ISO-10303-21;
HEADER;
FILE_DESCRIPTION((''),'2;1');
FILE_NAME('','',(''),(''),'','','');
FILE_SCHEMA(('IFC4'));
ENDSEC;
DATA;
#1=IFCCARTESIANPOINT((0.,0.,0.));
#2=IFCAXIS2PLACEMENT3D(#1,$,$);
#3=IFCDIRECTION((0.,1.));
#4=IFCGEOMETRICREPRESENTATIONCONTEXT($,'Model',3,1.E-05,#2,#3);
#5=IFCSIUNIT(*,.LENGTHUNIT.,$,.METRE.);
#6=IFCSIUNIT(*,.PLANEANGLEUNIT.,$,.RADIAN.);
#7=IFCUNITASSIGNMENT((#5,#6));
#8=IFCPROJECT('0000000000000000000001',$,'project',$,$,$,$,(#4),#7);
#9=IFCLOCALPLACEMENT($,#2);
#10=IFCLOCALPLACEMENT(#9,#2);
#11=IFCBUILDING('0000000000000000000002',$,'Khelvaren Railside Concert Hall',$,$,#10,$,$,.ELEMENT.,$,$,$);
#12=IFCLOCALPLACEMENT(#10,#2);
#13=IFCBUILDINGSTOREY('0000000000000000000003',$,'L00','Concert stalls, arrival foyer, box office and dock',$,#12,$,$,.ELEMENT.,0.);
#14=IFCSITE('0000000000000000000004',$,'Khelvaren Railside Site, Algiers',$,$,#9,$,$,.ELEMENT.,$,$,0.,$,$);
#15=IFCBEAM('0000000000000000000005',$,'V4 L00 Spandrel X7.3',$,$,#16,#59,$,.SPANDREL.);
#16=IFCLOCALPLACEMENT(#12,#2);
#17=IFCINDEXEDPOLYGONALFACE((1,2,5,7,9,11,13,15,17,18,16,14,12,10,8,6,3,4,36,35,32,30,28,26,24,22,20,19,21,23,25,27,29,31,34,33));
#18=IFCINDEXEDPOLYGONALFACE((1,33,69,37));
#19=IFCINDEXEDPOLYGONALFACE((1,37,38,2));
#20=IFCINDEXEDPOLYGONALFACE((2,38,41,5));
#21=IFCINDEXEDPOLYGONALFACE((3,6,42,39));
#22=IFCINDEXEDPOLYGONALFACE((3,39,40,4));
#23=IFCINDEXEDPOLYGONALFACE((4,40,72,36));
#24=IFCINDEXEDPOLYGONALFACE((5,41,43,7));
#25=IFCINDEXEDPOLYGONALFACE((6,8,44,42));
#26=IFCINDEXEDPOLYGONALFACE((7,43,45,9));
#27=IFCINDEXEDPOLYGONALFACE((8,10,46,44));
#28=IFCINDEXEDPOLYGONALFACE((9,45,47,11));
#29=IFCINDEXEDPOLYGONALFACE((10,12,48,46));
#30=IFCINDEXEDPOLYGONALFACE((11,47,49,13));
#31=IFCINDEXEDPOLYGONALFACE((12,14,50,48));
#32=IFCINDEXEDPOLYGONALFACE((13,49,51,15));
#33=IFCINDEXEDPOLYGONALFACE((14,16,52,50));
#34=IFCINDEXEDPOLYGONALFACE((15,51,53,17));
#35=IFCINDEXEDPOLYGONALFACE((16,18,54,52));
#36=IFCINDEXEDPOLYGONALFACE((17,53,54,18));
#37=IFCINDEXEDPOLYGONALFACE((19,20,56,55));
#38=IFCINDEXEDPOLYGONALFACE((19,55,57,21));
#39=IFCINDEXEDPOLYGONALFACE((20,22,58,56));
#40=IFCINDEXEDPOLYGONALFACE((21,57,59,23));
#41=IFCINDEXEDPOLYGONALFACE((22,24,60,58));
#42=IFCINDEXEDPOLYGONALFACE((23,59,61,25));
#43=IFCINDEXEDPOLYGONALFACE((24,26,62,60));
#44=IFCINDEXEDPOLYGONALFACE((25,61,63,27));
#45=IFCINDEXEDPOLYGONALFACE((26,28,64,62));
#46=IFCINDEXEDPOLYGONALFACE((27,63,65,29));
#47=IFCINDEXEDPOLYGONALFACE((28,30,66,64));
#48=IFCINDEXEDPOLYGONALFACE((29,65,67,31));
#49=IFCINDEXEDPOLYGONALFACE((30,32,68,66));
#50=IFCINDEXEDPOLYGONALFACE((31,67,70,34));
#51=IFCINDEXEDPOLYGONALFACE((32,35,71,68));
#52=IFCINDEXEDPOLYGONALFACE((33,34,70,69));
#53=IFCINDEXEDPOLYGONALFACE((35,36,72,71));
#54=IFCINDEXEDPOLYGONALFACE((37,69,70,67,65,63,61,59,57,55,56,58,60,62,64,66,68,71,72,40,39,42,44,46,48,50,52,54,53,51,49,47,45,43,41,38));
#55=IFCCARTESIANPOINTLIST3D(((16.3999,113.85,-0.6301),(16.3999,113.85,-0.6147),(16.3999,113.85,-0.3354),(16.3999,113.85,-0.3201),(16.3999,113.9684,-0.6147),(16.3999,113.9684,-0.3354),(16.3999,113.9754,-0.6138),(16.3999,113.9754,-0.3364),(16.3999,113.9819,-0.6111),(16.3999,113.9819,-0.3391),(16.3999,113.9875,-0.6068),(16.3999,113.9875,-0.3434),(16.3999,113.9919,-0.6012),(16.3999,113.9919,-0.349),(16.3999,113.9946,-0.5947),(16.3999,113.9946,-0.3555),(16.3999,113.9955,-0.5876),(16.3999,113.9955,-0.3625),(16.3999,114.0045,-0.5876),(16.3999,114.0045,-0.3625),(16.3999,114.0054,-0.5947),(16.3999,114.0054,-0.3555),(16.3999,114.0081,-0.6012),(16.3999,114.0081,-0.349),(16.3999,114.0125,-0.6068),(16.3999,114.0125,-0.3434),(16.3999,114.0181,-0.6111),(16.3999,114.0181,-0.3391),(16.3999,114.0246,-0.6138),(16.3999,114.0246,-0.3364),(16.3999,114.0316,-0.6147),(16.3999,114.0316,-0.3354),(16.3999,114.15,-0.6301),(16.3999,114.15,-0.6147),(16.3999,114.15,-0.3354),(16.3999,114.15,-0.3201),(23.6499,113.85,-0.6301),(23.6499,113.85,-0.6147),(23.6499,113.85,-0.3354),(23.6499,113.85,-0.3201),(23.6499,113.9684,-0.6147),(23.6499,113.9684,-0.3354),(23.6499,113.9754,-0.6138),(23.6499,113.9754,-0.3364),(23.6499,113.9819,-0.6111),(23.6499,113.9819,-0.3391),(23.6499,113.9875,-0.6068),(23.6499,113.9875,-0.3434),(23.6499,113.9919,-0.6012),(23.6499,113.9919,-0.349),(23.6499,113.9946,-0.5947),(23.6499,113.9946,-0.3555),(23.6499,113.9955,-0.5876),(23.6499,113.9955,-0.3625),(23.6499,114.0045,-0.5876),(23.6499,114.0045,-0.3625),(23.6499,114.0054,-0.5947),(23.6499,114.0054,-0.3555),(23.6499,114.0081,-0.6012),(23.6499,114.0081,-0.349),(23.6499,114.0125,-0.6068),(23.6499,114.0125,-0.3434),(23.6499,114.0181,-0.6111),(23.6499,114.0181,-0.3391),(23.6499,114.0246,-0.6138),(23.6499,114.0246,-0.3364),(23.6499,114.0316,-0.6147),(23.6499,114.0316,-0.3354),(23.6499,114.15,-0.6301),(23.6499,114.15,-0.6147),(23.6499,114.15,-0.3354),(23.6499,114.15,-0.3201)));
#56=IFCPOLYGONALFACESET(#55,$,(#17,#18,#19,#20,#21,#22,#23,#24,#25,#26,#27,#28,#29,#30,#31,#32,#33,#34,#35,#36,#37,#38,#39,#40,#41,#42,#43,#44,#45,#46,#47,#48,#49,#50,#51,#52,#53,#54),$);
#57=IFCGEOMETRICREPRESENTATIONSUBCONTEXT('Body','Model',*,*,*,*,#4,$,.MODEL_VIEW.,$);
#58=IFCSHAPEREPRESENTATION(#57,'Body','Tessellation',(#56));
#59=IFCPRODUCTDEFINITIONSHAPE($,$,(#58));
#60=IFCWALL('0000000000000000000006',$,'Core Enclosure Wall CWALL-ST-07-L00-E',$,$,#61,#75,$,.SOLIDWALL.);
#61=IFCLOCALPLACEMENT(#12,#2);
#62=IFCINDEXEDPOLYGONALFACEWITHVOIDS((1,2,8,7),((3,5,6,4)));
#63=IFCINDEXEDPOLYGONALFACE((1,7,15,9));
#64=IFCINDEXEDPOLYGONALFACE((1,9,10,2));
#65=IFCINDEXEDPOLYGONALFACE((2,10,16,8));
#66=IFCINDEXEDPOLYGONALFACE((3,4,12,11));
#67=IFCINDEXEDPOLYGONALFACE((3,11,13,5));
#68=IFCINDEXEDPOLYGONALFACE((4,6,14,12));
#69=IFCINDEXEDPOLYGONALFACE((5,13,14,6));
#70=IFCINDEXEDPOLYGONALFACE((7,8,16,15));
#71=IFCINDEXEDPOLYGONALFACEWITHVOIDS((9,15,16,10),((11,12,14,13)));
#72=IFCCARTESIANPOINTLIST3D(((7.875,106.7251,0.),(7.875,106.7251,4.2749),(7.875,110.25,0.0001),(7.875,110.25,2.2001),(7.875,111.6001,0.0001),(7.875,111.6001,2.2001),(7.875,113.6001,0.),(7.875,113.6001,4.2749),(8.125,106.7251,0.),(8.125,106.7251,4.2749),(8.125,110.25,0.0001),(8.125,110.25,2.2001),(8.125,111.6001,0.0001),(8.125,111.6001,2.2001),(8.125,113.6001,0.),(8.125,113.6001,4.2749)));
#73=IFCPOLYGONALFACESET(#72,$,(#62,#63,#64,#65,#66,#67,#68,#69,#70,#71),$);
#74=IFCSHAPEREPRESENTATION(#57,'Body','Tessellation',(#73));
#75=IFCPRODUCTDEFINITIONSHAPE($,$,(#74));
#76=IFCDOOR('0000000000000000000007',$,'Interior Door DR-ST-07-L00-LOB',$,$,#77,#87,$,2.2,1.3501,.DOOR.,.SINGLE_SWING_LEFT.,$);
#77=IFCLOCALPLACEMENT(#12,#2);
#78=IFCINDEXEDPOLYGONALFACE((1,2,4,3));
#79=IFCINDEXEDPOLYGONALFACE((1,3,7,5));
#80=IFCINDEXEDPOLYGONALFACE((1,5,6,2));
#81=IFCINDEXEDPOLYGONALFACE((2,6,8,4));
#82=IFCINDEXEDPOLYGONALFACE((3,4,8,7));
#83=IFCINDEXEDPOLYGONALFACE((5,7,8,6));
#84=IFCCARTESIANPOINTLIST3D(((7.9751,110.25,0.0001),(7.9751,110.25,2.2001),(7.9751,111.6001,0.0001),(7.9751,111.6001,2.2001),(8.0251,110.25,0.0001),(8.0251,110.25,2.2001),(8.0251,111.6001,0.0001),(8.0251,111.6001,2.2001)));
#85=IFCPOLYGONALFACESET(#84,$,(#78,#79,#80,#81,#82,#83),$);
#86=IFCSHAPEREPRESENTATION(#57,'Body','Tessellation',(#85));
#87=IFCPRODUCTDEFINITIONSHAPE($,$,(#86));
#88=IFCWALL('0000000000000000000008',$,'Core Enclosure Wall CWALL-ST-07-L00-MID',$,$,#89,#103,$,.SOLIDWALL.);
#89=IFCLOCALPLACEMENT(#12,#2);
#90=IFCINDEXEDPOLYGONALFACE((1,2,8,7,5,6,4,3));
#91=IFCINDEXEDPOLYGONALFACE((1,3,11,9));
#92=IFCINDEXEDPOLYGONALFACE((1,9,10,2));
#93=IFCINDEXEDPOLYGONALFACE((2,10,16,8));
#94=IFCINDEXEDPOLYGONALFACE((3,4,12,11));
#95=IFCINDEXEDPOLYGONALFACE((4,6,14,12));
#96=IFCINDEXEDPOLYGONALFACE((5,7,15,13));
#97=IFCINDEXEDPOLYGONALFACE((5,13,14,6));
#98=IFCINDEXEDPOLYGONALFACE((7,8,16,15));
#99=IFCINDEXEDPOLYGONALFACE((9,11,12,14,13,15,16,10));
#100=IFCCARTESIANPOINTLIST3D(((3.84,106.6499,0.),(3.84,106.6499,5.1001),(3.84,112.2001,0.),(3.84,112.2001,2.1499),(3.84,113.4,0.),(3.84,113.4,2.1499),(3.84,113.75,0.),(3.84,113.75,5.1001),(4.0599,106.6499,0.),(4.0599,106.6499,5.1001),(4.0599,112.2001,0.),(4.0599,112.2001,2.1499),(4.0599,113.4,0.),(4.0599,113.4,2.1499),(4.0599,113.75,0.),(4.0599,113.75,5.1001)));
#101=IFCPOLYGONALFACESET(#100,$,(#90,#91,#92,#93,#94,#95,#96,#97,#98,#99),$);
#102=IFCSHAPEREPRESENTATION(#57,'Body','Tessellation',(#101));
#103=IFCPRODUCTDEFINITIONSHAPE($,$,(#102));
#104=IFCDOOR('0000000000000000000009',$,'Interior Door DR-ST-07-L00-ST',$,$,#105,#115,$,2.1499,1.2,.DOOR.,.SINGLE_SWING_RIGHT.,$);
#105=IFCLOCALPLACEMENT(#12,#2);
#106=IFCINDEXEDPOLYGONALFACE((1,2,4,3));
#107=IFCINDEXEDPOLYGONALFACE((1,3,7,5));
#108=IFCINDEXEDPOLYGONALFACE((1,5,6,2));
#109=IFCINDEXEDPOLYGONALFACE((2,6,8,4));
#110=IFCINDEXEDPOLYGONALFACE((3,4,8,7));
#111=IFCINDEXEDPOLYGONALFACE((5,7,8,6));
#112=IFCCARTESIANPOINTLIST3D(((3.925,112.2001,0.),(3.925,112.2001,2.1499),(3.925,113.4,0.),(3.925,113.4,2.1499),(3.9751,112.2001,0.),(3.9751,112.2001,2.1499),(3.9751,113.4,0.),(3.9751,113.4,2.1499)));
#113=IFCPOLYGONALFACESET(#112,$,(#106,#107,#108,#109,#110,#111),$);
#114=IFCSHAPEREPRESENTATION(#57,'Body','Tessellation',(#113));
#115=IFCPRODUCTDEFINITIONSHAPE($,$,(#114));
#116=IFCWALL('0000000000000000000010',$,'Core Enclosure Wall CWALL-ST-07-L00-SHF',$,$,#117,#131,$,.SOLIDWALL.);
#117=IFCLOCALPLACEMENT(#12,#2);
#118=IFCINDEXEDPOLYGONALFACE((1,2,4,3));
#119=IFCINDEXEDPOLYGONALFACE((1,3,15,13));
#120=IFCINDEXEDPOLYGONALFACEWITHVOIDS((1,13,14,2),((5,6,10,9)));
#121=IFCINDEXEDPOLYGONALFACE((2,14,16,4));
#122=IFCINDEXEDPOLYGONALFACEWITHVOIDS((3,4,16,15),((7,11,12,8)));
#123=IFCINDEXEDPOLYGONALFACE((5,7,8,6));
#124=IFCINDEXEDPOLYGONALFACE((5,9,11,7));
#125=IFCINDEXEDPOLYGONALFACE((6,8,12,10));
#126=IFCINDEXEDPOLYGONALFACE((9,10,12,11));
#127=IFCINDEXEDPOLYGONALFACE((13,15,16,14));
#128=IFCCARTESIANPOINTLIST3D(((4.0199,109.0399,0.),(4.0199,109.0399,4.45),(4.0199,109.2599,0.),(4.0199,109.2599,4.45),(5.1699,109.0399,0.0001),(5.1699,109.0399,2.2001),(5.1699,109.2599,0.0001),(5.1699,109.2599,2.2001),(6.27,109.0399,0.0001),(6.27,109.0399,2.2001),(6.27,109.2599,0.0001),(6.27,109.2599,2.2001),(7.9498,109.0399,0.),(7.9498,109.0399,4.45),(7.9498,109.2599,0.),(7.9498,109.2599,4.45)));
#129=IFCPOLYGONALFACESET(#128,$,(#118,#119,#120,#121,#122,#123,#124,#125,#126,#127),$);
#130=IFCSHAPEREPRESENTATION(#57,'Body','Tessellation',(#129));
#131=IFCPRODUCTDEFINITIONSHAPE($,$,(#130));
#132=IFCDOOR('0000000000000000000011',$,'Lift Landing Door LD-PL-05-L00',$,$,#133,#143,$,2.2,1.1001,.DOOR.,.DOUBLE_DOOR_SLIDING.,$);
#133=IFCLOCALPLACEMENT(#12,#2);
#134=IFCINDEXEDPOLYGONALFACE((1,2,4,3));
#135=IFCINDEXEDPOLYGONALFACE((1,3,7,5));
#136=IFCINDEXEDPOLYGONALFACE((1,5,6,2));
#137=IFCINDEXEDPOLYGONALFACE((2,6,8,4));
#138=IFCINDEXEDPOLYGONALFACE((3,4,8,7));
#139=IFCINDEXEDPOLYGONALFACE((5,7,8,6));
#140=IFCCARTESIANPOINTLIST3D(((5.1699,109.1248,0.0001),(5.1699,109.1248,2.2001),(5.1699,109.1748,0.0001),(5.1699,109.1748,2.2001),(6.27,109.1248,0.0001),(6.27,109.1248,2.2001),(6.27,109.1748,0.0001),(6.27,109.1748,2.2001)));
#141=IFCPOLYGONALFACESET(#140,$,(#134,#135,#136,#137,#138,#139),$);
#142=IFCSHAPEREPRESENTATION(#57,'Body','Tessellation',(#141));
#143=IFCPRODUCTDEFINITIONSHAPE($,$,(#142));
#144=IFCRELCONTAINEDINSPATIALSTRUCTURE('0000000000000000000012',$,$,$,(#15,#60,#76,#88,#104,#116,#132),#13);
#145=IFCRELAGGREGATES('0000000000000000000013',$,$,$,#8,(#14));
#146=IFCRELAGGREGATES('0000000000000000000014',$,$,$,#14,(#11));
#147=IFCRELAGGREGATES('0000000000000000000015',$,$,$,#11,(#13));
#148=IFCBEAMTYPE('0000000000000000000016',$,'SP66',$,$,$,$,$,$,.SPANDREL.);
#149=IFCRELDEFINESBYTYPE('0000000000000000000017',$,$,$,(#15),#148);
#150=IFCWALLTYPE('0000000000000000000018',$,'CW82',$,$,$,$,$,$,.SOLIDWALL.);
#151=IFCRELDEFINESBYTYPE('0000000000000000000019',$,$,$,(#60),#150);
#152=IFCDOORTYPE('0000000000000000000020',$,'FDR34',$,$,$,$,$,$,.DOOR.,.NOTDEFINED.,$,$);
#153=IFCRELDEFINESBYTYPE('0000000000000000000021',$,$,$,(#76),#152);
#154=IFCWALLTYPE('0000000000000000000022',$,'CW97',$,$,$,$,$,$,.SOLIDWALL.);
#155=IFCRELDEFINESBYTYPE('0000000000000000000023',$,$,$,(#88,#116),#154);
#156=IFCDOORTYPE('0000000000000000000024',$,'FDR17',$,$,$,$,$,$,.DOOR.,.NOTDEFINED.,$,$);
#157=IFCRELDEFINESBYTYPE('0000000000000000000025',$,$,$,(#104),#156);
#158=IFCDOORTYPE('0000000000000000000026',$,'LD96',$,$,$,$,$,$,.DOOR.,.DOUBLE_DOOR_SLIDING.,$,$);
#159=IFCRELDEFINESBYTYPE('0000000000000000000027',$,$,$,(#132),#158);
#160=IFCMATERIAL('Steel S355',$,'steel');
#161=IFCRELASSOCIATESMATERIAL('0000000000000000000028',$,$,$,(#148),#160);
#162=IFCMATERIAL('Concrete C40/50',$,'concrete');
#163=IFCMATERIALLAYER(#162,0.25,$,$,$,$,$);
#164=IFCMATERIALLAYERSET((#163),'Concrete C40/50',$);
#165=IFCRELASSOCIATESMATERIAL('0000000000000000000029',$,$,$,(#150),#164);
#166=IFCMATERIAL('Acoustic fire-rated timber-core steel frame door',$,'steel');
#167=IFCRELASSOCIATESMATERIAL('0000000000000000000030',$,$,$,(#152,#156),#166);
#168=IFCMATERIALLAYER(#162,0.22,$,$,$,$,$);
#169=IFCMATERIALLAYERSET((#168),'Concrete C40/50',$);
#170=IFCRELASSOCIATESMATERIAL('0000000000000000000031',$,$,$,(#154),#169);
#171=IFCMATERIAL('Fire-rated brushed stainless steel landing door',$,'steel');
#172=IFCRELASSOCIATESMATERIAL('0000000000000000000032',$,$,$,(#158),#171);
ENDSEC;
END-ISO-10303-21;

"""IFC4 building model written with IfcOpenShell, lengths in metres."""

from ifc_helpers import new_model, si_unit, direction, frame, frame_2d, origin, origin_2d, place, context, subcontext, project, spatial, rectangle, i_section, extrude, material, layer, layer_set, material_profile, profile_set, type_object, element, fill, save


model = new_model("IFC4")

# Units and contexts
model_context = context("Model", 3, precision=1e-05, world=origin(), true_north=direction((0.0, 1.0)))
body_context = subcontext(model_context, "Body", "Model", "MODEL_VIEW")
ifc_project = project(units=[si_unit("LENGTHUNIT", "METRE"), si_unit("PLANEANGLEUNIT", "RADIAN")], contexts=[model_context])

# Site, building, storey
site_placement = place(None, origin())
site = spatial("IfcSite", under=ifc_project, at=site_placement, Name="Khelvaren Railside Site, Algiers", CompositionType="ELEMENT", RefElevation=0.0)
building_placement = place(site_placement, origin())
building = spatial("IfcBuilding", under=site, at=building_placement, Name="Khelvaren Railside Concert Hall", CompositionType="ELEMENT")
storey_placement = place(building_placement, origin())
storey = spatial("IfcBuildingStorey", under=building, at=storey_placement, Name="L00", Description="Concert stalls, arrival foyer, box office and dock", CompositionType="ELEMENT", Elevation=0.0)

# Beam
ifc_material_1 = material(Name="Steel S355", Category="steel")
ifc_material_2 = material(Name="Concrete C40/50", Category="concrete")
ifc_material_profile_1 = material_profile(ifc_material_1, i_section(OverallWidth=0.3, OverallDepth=0.3101, WebThickness=0.009, FlangeThickness=0.0154, FilletRadius=0.0271, at=origin_2d()), Name="HEA 320")
ifc_profile_set_1 = profile_set([ifc_material_profile_1], Name="Steel S355")
beam_type_1 = type_object("IfcBeamType", Name="SP66", PredefinedType="SPANDREL", material=ifc_profile_set_1)
beam_1_placement = place(storey_placement, frame((16.3999, 114.0, -0.4751), z_axis=(1.0, 0.0, 0.0), x_axis=(0.0, 1.0, 0.0)))
element("IfcBeam", 1, at=beam_1_placement, inside=storey, type_object=beam_type_1, Name="V4 L00 Spandrel X7.3", PredefinedType="SPANDREL", context=body_context, shape_type="SweptSolid", body=[
    extrude(i_section(OverallWidth=0.3, OverallDepth=0.3101, WebThickness=0.009, FlangeThickness=0.0154, FilletRadius=0.0271, at=origin_2d()), origin(), (0.0, 0.0, 1.0), 7.25),
])

# Walls, openings, doors
ifc_layer_1 = layer(ifc_material_2, 0.25)
ifc_layer_set_1 = layer_set([ifc_layer_1], Name="Concrete C40/50")
wall_type_1 = type_object("IfcWallType", Name="CW82", PredefinedType="SOLIDWALL", material=ifc_layer_set_1)
wall_1_placement = place(storey_placement, frame((8.0, 106.7251, 0.0), z_axis=(0.0, 0.0, 1.0), x_axis=(0.0, 1.0, 0.0)))
wall_1 = element("IfcWall", 2, at=wall_1_placement, inside=storey, type_object=wall_type_1, Name="Core Enclosure Wall CWALL-ST-07-L00-E", PredefinedType="SOLIDWALL", context=body_context, shape_type="SweptSolid", body=[
    extrude(rectangle(XDim=6.875, YDim=0.25, at=frame_2d((3.4375, 0.0))), origin(), (0.0, 0.0, 1.0), 4.2749),
])
opening_1_placement = place(wall_1_placement, frame((3.5249, 0.0, 0.0)))
opening_1 = element("IfcOpeningElement", 3, at=opening_1_placement, cuts=wall_1, PredefinedType="OPENING", context=body_context, shape_type="SweptSolid", body=[
    extrude(rectangle(XDim=1.3501, YDim=2.2, at=frame_2d((0.675, 1.1001))), frame((0.0, 0.135, 0.0), z_axis=(0.0, -1.0, 0.0), x_axis=(1.0, 0.0, 0.0)), (0.0, 0.0, 1.0), 0.27),
])
ifc_material_3 = material(Name="Acoustic fire-rated timber-core steel frame door", Category="steel")
door_type_1 = type_object("IfcDoorType", Name="FDR34", OperationType="NOTDEFINED", PredefinedType="DOOR", material=ifc_material_3)
door_1_placement = place(opening_1_placement, origin())
door_1 = element("IfcDoor", 4, at=door_1_placement, inside=storey, type_object=door_type_1, Name="Interior Door DR-ST-07-L00-LOB", OperationType="SINGLE_SWING_LEFT", OverallHeight=2.2, OverallWidth=1.3501, PredefinedType="DOOR", context=body_context, shape_type="SweptSolid", body=[
    extrude(rectangle(XDim=1.3501, YDim=2.2, at=frame_2d((0.675, 1.1001))), frame((0.0, 0.0249, 0.0), z_axis=(0.0, -1.0, 0.0), x_axis=(1.0, 0.0, 0.0)), (0.0, 0.0, 1.0), 0.05),
])
fill(opening_1, door_1)
ifc_layer_2 = layer(ifc_material_2, 0.22)
ifc_layer_set_2 = layer_set([ifc_layer_2], Name="Concrete C40/50")
wall_type_2 = type_object("IfcWallType", Name="CW97", PredefinedType="SOLIDWALL", material=ifc_layer_set_2)
wall_2_placement = place(storey_placement, frame((3.95, 106.6499, 0.0), z_axis=(0.0, 0.0, 1.0), x_axis=(0.0, 1.0, 0.0)))
wall_2 = element("IfcWall", 5, at=wall_2_placement, inside=storey, type_object=wall_type_2, Name="Core Enclosure Wall CWALL-ST-07-L00-MID", PredefinedType="SOLIDWALL", context=body_context, shape_type="SweptSolid", body=[
    extrude(rectangle(XDim=7.1001, YDim=0.22, at=frame_2d((3.55, 0.0))), origin(), (0.0, 0.0, 1.0), 5.1001),
])
opening_2_placement = place(wall_2_placement, frame((5.55, 0.0, 0.0)))
opening_2 = element("IfcOpeningElement", 6, at=opening_2_placement, cuts=wall_2, PredefinedType="OPENING", context=body_context, shape_type="SweptSolid", body=[
    extrude(rectangle(XDim=1.2, YDim=2.1499, at=frame_2d((0.6001, 1.075))), frame((0.0, 0.1199, 0.0), z_axis=(0.0, -1.0, 0.0), x_axis=(1.0, 0.0, 0.0)), (0.0, 0.0, 1.0), 0.24),
])
door_type_2 = type_object("IfcDoorType", Name="FDR17", OperationType="NOTDEFINED", PredefinedType="DOOR", material=ifc_material_3)
door_2_placement = place(opening_2_placement, origin())
door_2 = element("IfcDoor", 7, at=door_2_placement, inside=storey, type_object=door_type_2, Name="Interior Door DR-ST-07-L00-ST", OperationType="SINGLE_SWING_RIGHT", OverallHeight=2.1499, OverallWidth=1.2, PredefinedType="DOOR", context=body_context, shape_type="SweptSolid", body=[
    extrude(rectangle(XDim=1.2, YDim=2.1499, at=frame_2d((0.6001, 1.075))), frame((0.0, 0.0249, 0.0), z_axis=(0.0, -1.0, 0.0), x_axis=(1.0, 0.0, 0.0)), (0.0, 0.0, 1.0), 0.05),
])
fill(opening_2, door_2)
wall_3_placement = place(storey_placement, frame((4.02, 109.1499, 0.0), z_axis=(0.0, 0.0, 1.0), x_axis=(1.0, 0.0, 0.0)))
wall_3 = element("IfcWall", 8, at=wall_3_placement, inside=storey, type_object=wall_type_2, Name="Core Enclosure Wall CWALL-ST-07-L00-SHF", PredefinedType="SOLIDWALL", context=body_context, shape_type="SweptSolid", body=[
    extrude(rectangle(XDim=3.9299, YDim=0.22, at=frame_2d((1.9648, 0.0))), origin(), (0.0, 0.0, 1.0), 4.45),
])
opening_3_placement = place(wall_3_placement, frame((1.1499, 0.0, 0.0)))
opening_3 = element("IfcOpeningElement", 9, at=opening_3_placement, cuts=wall_3, PredefinedType="OPENING", context=body_context, shape_type="SweptSolid", body=[
    extrude(rectangle(XDim=1.1001, YDim=2.2, at=frame_2d((0.55, 1.1001))), frame((0.0, 0.1199, 0.0), z_axis=(0.0, -1.0, 0.0), x_axis=(1.0, 0.0, 0.0)), (0.0, 0.0, 1.0), 0.24),
])
ifc_material_4 = material(Name="Fire-rated brushed stainless steel landing door", Category="steel")
door_type_3 = type_object("IfcDoorType", Name="LD96", OperationType="DOUBLE_DOOR_SLIDING", PredefinedType="DOOR", material=ifc_material_4)
door_3_placement = place(opening_3_placement, origin())
door_3 = element("IfcDoor", 10, at=door_3_placement, inside=storey, type_object=door_type_3, Name="Lift Landing Door LD-PL-05-L00", OperationType="DOUBLE_DOOR_SLIDING", OverallHeight=2.2, OverallWidth=1.1001, PredefinedType="DOOR", context=body_context, shape_type="SweptSolid", body=[
    extrude(rectangle(XDim=1.1001, YDim=2.2, at=frame_2d((0.55, 1.1001))), frame((0.0, 0.0249, 0.0), z_axis=(0.0, -1.0, 0.0), x_axis=(1.0, 0.0, 0.0)), (0.0, 0.0, 1.0), 0.05),
])
fill(opening_3, door_3)

save(model, "model.ifc")
